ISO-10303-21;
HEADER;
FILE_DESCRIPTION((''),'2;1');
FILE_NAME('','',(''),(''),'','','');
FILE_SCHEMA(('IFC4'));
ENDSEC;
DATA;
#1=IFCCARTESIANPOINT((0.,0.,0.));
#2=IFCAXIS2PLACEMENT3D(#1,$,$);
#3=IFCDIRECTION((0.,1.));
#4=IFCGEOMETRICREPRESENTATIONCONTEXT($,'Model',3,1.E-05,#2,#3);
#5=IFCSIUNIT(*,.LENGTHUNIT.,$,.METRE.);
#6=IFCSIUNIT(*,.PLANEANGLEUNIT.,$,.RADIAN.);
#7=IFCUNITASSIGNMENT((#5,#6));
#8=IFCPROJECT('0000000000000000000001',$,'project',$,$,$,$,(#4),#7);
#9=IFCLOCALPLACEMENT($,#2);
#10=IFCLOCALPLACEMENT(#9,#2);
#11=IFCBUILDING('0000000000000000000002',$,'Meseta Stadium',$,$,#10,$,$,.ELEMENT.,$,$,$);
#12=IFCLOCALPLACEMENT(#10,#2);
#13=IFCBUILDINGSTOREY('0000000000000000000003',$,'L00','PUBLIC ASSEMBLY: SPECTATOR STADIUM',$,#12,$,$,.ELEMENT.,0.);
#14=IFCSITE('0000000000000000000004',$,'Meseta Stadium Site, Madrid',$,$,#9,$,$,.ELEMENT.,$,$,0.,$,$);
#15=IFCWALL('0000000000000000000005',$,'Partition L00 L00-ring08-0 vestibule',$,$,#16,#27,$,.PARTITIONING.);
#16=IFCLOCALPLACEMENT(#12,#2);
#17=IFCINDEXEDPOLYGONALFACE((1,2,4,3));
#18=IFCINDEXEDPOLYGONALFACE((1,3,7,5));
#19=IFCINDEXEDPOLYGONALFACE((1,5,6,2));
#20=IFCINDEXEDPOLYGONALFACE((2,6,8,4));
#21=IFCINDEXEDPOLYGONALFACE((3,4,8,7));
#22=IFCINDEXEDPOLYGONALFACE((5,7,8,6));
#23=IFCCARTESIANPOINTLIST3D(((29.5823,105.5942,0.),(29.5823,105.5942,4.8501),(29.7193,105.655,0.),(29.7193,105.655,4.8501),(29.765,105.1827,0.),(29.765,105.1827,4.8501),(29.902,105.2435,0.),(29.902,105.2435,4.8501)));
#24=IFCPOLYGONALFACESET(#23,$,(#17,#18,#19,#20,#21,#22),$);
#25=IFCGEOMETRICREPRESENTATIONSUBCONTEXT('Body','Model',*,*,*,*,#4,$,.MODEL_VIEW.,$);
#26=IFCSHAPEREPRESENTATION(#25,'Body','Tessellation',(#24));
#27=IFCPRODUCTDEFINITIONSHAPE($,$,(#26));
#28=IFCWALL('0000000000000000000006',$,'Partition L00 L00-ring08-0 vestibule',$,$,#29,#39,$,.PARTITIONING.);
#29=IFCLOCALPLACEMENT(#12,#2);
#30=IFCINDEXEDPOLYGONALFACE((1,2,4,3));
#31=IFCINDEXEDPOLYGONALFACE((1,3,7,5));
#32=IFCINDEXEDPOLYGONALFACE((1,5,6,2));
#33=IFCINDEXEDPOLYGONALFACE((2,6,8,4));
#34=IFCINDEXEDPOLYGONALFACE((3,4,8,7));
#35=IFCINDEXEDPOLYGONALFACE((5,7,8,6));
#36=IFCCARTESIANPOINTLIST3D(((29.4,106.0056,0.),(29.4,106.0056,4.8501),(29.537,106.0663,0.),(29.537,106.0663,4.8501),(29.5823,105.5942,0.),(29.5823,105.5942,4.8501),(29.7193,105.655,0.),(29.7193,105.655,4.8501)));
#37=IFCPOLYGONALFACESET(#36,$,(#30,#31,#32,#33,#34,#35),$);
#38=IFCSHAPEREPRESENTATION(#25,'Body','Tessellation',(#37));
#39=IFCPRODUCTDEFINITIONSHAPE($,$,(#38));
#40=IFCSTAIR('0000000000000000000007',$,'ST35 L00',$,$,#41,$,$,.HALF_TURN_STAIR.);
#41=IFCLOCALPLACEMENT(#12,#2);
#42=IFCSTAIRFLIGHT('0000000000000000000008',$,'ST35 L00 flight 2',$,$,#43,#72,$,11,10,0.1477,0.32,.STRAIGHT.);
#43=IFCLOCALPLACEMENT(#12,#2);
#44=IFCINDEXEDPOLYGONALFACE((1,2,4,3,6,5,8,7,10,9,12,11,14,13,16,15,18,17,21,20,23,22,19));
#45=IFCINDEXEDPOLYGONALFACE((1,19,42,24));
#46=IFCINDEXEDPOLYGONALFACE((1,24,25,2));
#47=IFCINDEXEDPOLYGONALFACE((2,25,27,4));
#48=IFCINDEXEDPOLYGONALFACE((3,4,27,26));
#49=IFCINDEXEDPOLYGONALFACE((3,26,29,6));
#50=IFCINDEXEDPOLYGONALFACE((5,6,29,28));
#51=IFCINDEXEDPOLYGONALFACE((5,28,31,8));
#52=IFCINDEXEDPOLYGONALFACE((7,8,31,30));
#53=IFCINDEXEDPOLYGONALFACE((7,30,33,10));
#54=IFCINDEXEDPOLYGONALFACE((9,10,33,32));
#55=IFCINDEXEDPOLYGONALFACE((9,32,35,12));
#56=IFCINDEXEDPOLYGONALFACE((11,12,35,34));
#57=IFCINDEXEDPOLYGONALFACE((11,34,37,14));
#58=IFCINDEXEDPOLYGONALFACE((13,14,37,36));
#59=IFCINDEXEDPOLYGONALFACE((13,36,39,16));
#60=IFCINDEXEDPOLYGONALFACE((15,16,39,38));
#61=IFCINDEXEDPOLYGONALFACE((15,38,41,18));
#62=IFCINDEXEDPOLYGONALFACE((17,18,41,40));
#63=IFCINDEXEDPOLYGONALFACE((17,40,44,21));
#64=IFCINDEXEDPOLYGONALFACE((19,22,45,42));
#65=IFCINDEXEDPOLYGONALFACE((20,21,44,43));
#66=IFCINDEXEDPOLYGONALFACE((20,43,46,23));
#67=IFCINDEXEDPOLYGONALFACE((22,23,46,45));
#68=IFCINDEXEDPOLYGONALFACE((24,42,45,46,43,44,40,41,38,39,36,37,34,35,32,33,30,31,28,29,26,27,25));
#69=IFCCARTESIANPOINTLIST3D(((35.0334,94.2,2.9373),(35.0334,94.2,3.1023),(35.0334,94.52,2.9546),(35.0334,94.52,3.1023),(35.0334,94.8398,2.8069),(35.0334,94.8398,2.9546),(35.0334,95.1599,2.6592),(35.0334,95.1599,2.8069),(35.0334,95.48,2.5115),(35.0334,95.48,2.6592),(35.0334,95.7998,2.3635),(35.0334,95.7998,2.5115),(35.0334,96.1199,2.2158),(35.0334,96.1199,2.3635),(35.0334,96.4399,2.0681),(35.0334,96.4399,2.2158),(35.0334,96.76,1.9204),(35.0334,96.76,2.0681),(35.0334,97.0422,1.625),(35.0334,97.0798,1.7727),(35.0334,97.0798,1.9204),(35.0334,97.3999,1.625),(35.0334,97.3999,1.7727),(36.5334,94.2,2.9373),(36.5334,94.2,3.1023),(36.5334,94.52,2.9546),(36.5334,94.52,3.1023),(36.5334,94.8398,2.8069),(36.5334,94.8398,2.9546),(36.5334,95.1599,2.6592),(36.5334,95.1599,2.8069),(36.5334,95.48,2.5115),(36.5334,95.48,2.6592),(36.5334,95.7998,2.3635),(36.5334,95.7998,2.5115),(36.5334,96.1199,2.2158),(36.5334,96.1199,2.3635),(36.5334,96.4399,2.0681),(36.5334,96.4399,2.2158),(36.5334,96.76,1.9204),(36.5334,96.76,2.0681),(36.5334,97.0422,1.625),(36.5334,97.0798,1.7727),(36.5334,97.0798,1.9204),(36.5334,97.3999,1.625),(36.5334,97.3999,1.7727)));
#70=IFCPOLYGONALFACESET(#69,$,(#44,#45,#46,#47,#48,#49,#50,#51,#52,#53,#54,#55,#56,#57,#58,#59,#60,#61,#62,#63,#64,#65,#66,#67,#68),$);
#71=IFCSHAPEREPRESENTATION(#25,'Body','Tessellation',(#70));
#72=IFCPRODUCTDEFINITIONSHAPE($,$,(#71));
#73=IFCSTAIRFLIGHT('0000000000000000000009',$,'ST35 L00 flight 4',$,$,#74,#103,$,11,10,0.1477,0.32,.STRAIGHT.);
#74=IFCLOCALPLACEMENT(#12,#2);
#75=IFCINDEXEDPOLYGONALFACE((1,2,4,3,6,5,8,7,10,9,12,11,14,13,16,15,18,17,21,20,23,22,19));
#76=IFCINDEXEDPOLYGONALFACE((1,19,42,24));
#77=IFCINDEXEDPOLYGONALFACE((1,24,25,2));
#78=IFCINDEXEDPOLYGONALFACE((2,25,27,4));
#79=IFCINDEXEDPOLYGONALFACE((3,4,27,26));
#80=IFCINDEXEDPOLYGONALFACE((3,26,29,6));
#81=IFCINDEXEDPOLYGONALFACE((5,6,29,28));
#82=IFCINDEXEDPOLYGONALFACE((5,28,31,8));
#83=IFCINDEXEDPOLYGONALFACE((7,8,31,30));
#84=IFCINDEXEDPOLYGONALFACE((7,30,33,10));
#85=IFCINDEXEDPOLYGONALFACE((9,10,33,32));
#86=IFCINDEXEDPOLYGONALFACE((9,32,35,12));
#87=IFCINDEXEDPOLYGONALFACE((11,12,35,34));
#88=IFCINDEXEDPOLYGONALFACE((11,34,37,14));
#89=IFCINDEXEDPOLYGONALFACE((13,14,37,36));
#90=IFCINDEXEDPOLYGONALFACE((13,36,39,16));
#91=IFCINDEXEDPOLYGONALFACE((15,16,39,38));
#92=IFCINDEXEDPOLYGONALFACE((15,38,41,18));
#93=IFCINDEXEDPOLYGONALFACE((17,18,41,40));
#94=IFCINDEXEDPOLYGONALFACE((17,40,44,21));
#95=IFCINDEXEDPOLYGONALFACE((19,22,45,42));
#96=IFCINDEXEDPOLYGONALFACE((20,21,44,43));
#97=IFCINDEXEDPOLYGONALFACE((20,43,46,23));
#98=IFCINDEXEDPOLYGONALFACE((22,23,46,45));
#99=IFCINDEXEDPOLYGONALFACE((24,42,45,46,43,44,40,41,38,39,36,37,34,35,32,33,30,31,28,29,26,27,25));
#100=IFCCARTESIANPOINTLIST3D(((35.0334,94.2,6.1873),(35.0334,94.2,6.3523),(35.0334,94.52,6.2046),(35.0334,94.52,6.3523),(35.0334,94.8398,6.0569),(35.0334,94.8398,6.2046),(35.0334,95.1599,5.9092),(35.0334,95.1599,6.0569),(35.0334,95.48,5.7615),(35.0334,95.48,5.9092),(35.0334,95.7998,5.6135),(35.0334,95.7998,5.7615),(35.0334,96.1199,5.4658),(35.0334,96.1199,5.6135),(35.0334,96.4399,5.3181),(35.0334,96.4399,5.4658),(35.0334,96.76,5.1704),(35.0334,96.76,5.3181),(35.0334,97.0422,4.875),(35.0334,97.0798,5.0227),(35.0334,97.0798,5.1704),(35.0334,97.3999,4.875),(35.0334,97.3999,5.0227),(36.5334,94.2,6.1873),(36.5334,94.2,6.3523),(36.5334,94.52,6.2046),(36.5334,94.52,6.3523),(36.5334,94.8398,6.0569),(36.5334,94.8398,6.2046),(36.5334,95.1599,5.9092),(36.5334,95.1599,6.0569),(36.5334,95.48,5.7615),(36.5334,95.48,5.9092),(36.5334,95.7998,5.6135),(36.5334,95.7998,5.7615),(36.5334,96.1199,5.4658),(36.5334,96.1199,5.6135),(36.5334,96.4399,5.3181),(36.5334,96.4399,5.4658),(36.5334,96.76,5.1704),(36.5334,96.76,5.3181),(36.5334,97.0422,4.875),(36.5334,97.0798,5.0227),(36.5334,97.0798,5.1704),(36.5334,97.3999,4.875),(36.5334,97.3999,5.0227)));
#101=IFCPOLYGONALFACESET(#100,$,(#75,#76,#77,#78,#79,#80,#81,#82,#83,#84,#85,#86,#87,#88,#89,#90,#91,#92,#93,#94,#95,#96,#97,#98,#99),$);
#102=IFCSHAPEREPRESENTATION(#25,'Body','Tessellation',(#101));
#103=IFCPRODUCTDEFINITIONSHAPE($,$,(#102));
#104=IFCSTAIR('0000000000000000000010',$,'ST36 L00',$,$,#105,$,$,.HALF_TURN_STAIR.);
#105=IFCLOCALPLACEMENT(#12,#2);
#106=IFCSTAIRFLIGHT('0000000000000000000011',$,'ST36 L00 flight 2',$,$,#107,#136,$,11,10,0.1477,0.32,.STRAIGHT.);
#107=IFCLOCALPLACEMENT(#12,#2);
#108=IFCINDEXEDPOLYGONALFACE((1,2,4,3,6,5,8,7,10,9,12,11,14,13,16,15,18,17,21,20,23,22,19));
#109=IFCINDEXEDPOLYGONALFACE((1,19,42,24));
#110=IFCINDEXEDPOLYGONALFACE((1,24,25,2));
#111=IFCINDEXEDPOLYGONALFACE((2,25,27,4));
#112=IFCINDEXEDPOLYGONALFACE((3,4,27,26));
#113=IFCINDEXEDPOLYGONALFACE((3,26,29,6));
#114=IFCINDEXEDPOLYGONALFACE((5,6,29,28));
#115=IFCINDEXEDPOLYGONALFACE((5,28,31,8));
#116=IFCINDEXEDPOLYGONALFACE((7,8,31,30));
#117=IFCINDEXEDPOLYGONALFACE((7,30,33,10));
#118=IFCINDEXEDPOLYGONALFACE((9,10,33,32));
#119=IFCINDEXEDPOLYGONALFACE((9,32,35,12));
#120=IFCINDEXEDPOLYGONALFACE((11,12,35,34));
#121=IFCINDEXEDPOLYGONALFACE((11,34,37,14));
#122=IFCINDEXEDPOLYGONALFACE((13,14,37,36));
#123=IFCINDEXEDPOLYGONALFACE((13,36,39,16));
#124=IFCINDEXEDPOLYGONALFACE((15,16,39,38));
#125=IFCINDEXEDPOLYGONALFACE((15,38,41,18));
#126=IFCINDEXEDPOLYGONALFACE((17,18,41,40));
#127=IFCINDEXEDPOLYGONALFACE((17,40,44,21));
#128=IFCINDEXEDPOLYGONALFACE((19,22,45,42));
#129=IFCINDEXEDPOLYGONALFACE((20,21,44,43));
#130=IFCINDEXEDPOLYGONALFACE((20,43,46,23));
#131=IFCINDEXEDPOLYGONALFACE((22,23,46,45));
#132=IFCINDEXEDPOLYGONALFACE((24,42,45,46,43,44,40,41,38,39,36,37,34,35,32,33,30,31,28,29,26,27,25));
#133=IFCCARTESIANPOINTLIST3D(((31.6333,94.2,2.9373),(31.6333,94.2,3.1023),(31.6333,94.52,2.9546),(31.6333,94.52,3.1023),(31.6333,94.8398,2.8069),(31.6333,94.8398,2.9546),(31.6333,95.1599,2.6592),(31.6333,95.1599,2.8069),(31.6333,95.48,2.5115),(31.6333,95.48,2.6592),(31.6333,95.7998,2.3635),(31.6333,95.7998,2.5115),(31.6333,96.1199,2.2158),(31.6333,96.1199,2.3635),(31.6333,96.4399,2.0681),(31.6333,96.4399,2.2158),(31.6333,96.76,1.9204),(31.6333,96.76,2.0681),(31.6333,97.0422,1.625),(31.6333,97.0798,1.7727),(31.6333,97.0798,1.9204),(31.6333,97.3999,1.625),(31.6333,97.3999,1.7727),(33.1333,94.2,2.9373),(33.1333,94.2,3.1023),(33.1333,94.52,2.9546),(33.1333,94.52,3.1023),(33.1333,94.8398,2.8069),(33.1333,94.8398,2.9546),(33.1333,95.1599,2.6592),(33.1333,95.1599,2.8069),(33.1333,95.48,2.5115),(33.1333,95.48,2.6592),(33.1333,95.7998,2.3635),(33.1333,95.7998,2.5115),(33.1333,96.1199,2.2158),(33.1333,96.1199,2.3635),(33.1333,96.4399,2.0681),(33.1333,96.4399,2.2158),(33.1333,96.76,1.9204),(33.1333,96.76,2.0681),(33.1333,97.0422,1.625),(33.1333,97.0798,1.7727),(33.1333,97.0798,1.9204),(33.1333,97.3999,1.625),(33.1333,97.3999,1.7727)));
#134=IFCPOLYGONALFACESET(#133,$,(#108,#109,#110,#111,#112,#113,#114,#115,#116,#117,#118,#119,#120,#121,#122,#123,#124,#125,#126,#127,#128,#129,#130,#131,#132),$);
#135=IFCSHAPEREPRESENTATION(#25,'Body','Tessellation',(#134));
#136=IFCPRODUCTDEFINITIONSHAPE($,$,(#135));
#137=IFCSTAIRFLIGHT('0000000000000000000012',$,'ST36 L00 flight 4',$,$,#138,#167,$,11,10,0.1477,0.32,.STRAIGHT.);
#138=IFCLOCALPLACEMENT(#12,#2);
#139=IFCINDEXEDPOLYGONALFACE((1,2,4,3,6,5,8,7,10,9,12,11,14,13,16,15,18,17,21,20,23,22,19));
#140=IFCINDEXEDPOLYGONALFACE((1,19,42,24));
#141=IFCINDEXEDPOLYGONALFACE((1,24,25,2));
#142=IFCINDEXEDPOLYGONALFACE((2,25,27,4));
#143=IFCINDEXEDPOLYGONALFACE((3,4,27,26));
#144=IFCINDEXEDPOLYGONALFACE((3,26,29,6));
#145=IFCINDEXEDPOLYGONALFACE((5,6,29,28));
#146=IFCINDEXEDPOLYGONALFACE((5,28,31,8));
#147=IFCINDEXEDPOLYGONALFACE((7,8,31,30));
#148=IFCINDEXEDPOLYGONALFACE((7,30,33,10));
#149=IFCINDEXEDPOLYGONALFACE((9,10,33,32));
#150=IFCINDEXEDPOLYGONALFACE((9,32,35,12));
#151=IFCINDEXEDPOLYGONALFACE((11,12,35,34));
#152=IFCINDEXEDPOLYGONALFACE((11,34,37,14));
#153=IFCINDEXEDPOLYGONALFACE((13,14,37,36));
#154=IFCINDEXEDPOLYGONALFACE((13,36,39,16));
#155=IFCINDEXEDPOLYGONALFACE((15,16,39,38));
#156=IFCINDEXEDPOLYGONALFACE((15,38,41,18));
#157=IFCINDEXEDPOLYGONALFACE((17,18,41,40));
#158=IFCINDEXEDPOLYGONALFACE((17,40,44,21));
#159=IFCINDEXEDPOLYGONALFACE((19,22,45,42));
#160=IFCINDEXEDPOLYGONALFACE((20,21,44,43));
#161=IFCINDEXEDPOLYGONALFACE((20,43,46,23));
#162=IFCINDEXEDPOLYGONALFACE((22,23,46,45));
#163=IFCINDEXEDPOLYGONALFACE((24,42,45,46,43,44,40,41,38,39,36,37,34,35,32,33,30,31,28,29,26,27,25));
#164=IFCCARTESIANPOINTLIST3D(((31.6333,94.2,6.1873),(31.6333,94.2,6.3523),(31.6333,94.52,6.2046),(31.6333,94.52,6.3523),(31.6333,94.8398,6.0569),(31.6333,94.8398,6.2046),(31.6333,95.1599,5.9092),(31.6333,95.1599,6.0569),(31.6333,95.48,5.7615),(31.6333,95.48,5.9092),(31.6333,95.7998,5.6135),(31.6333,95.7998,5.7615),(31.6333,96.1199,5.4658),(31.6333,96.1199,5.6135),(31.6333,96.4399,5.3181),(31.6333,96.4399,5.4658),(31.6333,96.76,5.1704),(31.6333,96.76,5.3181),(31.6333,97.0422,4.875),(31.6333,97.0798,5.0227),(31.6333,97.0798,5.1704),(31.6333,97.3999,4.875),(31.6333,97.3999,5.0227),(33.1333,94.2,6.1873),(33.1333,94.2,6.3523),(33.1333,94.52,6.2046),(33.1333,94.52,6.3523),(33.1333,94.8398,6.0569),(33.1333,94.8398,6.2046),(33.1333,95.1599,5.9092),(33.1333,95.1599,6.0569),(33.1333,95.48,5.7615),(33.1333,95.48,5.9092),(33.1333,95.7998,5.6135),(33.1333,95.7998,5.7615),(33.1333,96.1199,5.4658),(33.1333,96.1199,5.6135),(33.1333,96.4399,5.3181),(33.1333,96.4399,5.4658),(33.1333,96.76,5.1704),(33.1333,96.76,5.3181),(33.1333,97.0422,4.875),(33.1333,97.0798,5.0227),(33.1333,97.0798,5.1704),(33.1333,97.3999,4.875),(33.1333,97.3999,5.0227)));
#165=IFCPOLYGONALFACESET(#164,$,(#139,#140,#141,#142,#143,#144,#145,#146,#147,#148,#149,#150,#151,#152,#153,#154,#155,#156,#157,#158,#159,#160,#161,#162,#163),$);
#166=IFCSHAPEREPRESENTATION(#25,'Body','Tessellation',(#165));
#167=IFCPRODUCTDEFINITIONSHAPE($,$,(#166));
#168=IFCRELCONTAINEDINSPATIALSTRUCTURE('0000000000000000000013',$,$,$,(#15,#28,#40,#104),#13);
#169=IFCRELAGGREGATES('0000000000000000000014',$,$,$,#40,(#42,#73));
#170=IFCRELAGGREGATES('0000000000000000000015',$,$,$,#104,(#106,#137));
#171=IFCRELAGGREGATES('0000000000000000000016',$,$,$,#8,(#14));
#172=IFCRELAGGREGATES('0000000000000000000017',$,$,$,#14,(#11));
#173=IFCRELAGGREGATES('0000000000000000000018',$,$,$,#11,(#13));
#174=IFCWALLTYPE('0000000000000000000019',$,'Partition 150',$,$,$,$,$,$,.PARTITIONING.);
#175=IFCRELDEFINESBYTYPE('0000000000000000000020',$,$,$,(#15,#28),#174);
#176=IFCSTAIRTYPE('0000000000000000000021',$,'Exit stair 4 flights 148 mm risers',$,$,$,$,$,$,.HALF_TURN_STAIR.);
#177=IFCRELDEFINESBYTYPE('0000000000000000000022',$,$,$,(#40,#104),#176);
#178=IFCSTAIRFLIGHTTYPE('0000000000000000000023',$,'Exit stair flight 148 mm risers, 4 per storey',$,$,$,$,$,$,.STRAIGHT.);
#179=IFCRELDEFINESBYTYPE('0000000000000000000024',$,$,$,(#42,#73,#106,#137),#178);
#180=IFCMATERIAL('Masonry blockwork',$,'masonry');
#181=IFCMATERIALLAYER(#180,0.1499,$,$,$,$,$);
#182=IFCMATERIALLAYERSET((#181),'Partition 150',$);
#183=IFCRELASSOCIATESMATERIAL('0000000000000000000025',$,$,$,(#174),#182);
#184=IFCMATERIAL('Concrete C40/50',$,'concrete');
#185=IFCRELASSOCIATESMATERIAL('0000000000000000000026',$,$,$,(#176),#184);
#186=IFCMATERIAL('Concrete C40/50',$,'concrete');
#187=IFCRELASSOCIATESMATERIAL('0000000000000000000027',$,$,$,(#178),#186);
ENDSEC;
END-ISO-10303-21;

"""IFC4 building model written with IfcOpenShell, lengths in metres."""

from ifc_helpers import new_model, si_unit, direction, frame, frame_2d, origin, place, context, subcontext, project, spatial, polyline, rectangle, outline, extrude, material, layer, layer_set, type_object, element, aggregate, save


model = new_model("IFC4")

# Units and contexts
model_context = context("Model", 3, precision=1e-05, world=origin(), true_north=direction((0.0, 1.0)))
body_context = subcontext(model_context, "Body", "Model", "MODEL_VIEW")
ifc_project = project(units=[si_unit("LENGTHUNIT", "METRE"), si_unit("PLANEANGLEUNIT", "RADIAN")], contexts=[model_context])

# Site, building, storey
site_placement = place(None, origin())
site = spatial("IfcSite", under=ifc_project, at=site_placement, Name="Meseta Stadium Site, Madrid", CompositionType="ELEMENT", RefElevation=0.0)
building_placement = place(site_placement, origin())
building = spatial("IfcBuilding", under=site, at=building_placement, Name="Meseta Stadium", CompositionType="ELEMENT")
storey_placement = place(building_placement, origin())
storey = spatial("IfcBuildingStorey", under=building, at=storey_placement, Name="L00", Description="PUBLIC ASSEMBLY: SPECTATOR STADIUM", CompositionType="ELEMENT", Elevation=0.0)

# Walls
ifc_material_1 = material(Name="Masonry blockwork", Category="masonry")
ifc_layer_1 = layer(ifc_material_1, 0.1499)
ifc_layer_set_1 = layer_set([ifc_layer_1], Name="Partition 150")
wall_type_1 = type_object("IfcWallType", Name="Partition 150", PredefinedType="PARTITIONING", material=ifc_layer_set_1)
wall_1_placement = place(storey_placement, frame((29.8335, 105.2131, 0.0), z_axis=(0.0, 0.0, 1.0), x_axis=(-0.405736, 0.91399, 0.0)))
element("IfcWall", 1, at=wall_1_placement, inside=storey, type_object=wall_type_1, Name="Partition L00 L00-ring08-0 vestibule", PredefinedType="PARTITIONING", context=body_context, shape_type="SweptSolid", body=[
    extrude(rectangle(XDim=0.4502, YDim=0.1499, at=frame_2d((0.2251, 0.0))), origin(), (0.0, 0.0, 1.0), 4.8501),
])
wall_2_placement = place(storey_placement, frame((29.6509, 105.6245, 0.0), z_axis=(0.0, 0.0, 1.0), x_axis=(-0.405283, 0.914191, 0.0)))
element("IfcWall", 2, at=wall_2_placement, inside=storey, type_object=wall_type_1, Name="Partition L00 L00-ring08-0 vestibule", PredefinedType="PARTITIONING", context=body_context, shape_type="SweptSolid", body=[
    extrude(rectangle(XDim=0.45, YDim=0.1499, at=frame_2d((0.2251, 0.0))), origin(), (0.0, 0.0, 1.0), 4.8501),
])

# Stairs, stair flights
ifc_material_2 = material(Name="Concrete C40/50", Category="concrete")
stair_type = type_object("IfcStairType", Name="Exit stair 4 flights 148 mm risers", PredefinedType="HALF_TURN_STAIR", material=ifc_material_2)
stair_1_placement = place(storey_placement, origin())
stair_1 = element("IfcStair", 3, at=stair_1_placement, inside=storey, type_object=stair_type, Name="ST35 L00", PredefinedType="HALF_TURN_STAIR")
ifc_material_3 = material(Name="Concrete C40/50", Category="concrete")
stair_flight_type = type_object("IfcStairFlightType", Name="Exit stair flight 148 mm risers, 4 per storey", PredefinedType="STRAIGHT", material=ifc_material_3)
stair_flight_1_placement = place(storey_placement, frame((35.7834, 97.3999, 1.625), z_axis=(0.0, 0.0, 1.0), x_axis=(0.0, -1.0, 0.0)))
stair_flight_1 = element("IfcStairFlight", 4, at=stair_flight_1_placement, type_object=stair_flight_type, Name="ST35 L00 flight 2", NumberOfRisers=11, NumberOfTreads=10, PredefinedType="STRAIGHT", RiserHeight=0.1477, TreadLength=0.32, context=body_context, shape_type="SweptSolid", body=[
    extrude(outline(polyline([(0.0, 0.0), (0.0, 0.1477), (0.3201, 0.1477), (0.3201, 0.2954), (0.6399, 0.2954), (0.6399, 0.4431), (0.96, 0.4431), (0.96, 0.5908), (1.28, 0.5908), (1.28, 0.7385), (1.6001, 0.7385), (1.6001, 0.8865), (1.9199, 0.8865), (1.9199, 1.0342), (2.24, 1.0342), (2.24, 1.1819), (2.5601, 1.1819), (2.5601, 1.3296), (2.8799, 1.3296), (2.8799, 1.4773), (3.2, 1.4773), (3.2, 1.3123), (0.3577, 0.0), (0.0, 0.0)])), frame((0.0, 0.75, 0.0), z_axis=(0.0, -1.0, 0.0), x_axis=(1.0, 0.0, 0.0)), (0.0, 0.0, 1.0), 1.5),
])
stair_flight_2_placement = place(storey_placement, frame((35.7834, 97.3999, 4.875), z_axis=(0.0, 0.0, 1.0), x_axis=(0.0, -1.0, 0.0)))
stair_flight_2 = element("IfcStairFlight", 5, at=stair_flight_2_placement, type_object=stair_flight_type, Name="ST35 L00 flight 4", NumberOfRisers=11, NumberOfTreads=10, PredefinedType="STRAIGHT", RiserHeight=0.1477, TreadLength=0.32, context=body_context, shape_type="SweptSolid", body=[
    extrude(outline(polyline([(0.0, 0.0), (0.0, 0.1477), (0.3201, 0.1477), (0.3201, 0.2954), (0.6399, 0.2954), (0.6399, 0.4431), (0.96, 0.4431), (0.96, 0.5908), (1.28, 0.5908), (1.28, 0.7385), (1.6001, 0.7385), (1.6001, 0.8865), (1.9199, 0.8865), (1.9199, 1.0342), (2.24, 1.0342), (2.24, 1.1819), (2.5601, 1.1819), (2.5601, 1.3296), (2.8799, 1.3296), (2.8799, 1.4773), (3.2, 1.4773), (3.2, 1.3123), (0.3577, 0.0), (0.0, 0.0)])), frame((0.0, 0.75, 0.0), z_axis=(0.0, -1.0, 0.0), x_axis=(1.0, 0.0, 0.0)), (0.0, 0.0, 1.0), 1.5),
])
aggregate(stair_1, [stair_flight_1, stair_flight_2])
stair_2_placement = place(storey_placement, origin())
stair_2 = element("IfcStair", 6, at=stair_2_placement, inside=storey, type_object=stair_type, Name="ST36 L00", PredefinedType="HALF_TURN_STAIR")
stair_flight_3_placement = place(storey_placement, frame((32.3833, 97.3999, 1.625), z_axis=(0.0, 0.0, 1.0), x_axis=(0.0, -1.0, 0.0)))
stair_flight_3 = element("IfcStairFlight", 7, at=stair_flight_3_placement, type_object=stair_flight_type, Name="ST36 L00 flight 2", NumberOfRisers=11, NumberOfTreads=10, PredefinedType="STRAIGHT", RiserHeight=0.1477, TreadLength=0.32, context=body_context, shape_type="SweptSolid", body=[
    extrude(outline(polyline([(0.0, 0.0), (0.0, 0.1477), (0.3201, 0.1477), (0.3201, 0.2954), (0.6399, 0.2954), (0.6399, 0.4431), (0.96, 0.4431), (0.96, 0.5908), (1.28, 0.5908), (1.28, 0.7385), (1.6001, 0.7385), (1.6001, 0.8865), (1.9199, 0.8865), (1.9199, 1.0342), (2.24, 1.0342), (2.24, 1.1819), (2.5601, 1.1819), (2.5601, 1.3296), (2.8799, 1.3296), (2.8799, 1.4773), (3.2, 1.4773), (3.2, 1.3123), (0.3577, 0.0), (0.0, 0.0)])), frame((0.0, 0.75, 0.0), z_axis=(0.0, -1.0, 0.0), x_axis=(1.0, 0.0, 0.0)), (0.0, 0.0, 1.0), 1.5),
])
stair_flight_4_placement = place(storey_placement, frame((32.3833, 97.3999, 4.875), z_axis=(0.0, 0.0, 1.0), x_axis=(0.0, -1.0, 0.0)))
stair_flight_4 = element("IfcStairFlight", 8, at=stair_flight_4_placement, type_object=stair_flight_type, Name="ST36 L00 flight 4", NumberOfRisers=11, NumberOfTreads=10, PredefinedType="STRAIGHT", RiserHeight=0.1477, TreadLength=0.32, context=body_context, shape_type="SweptSolid", body=[
    extrude(outline(polyline([(0.0, 0.0), (0.0, 0.1477), (0.3201, 0.1477), (0.3201, 0.2954), (0.6399, 0.2954), (0.6399, 0.4431), (0.96, 0.4431), (0.96, 0.5908), (1.28, 0.5908), (1.28, 0.7385), (1.6001, 0.7385), (1.6001, 0.8865), (1.9199, 0.8865), (1.9199, 1.0342), (2.24, 1.0342), (2.24, 1.1819), (2.5601, 1.1819), (2.5601, 1.3296), (2.8799, 1.3296), (2.8799, 1.4773), (3.2, 1.4773), (3.2, 1.3123), (0.3577, 0.0), (0.0, 0.0)])), frame((0.0, 0.75, 0.0), z_axis=(0.0, -1.0, 0.0), x_axis=(1.0, 0.0, 0.0)), (0.0, 0.0, 1.0), 1.5),
])
aggregate(stair_2, [stair_flight_3, stair_flight_4])

save(model, "model.ifc")
